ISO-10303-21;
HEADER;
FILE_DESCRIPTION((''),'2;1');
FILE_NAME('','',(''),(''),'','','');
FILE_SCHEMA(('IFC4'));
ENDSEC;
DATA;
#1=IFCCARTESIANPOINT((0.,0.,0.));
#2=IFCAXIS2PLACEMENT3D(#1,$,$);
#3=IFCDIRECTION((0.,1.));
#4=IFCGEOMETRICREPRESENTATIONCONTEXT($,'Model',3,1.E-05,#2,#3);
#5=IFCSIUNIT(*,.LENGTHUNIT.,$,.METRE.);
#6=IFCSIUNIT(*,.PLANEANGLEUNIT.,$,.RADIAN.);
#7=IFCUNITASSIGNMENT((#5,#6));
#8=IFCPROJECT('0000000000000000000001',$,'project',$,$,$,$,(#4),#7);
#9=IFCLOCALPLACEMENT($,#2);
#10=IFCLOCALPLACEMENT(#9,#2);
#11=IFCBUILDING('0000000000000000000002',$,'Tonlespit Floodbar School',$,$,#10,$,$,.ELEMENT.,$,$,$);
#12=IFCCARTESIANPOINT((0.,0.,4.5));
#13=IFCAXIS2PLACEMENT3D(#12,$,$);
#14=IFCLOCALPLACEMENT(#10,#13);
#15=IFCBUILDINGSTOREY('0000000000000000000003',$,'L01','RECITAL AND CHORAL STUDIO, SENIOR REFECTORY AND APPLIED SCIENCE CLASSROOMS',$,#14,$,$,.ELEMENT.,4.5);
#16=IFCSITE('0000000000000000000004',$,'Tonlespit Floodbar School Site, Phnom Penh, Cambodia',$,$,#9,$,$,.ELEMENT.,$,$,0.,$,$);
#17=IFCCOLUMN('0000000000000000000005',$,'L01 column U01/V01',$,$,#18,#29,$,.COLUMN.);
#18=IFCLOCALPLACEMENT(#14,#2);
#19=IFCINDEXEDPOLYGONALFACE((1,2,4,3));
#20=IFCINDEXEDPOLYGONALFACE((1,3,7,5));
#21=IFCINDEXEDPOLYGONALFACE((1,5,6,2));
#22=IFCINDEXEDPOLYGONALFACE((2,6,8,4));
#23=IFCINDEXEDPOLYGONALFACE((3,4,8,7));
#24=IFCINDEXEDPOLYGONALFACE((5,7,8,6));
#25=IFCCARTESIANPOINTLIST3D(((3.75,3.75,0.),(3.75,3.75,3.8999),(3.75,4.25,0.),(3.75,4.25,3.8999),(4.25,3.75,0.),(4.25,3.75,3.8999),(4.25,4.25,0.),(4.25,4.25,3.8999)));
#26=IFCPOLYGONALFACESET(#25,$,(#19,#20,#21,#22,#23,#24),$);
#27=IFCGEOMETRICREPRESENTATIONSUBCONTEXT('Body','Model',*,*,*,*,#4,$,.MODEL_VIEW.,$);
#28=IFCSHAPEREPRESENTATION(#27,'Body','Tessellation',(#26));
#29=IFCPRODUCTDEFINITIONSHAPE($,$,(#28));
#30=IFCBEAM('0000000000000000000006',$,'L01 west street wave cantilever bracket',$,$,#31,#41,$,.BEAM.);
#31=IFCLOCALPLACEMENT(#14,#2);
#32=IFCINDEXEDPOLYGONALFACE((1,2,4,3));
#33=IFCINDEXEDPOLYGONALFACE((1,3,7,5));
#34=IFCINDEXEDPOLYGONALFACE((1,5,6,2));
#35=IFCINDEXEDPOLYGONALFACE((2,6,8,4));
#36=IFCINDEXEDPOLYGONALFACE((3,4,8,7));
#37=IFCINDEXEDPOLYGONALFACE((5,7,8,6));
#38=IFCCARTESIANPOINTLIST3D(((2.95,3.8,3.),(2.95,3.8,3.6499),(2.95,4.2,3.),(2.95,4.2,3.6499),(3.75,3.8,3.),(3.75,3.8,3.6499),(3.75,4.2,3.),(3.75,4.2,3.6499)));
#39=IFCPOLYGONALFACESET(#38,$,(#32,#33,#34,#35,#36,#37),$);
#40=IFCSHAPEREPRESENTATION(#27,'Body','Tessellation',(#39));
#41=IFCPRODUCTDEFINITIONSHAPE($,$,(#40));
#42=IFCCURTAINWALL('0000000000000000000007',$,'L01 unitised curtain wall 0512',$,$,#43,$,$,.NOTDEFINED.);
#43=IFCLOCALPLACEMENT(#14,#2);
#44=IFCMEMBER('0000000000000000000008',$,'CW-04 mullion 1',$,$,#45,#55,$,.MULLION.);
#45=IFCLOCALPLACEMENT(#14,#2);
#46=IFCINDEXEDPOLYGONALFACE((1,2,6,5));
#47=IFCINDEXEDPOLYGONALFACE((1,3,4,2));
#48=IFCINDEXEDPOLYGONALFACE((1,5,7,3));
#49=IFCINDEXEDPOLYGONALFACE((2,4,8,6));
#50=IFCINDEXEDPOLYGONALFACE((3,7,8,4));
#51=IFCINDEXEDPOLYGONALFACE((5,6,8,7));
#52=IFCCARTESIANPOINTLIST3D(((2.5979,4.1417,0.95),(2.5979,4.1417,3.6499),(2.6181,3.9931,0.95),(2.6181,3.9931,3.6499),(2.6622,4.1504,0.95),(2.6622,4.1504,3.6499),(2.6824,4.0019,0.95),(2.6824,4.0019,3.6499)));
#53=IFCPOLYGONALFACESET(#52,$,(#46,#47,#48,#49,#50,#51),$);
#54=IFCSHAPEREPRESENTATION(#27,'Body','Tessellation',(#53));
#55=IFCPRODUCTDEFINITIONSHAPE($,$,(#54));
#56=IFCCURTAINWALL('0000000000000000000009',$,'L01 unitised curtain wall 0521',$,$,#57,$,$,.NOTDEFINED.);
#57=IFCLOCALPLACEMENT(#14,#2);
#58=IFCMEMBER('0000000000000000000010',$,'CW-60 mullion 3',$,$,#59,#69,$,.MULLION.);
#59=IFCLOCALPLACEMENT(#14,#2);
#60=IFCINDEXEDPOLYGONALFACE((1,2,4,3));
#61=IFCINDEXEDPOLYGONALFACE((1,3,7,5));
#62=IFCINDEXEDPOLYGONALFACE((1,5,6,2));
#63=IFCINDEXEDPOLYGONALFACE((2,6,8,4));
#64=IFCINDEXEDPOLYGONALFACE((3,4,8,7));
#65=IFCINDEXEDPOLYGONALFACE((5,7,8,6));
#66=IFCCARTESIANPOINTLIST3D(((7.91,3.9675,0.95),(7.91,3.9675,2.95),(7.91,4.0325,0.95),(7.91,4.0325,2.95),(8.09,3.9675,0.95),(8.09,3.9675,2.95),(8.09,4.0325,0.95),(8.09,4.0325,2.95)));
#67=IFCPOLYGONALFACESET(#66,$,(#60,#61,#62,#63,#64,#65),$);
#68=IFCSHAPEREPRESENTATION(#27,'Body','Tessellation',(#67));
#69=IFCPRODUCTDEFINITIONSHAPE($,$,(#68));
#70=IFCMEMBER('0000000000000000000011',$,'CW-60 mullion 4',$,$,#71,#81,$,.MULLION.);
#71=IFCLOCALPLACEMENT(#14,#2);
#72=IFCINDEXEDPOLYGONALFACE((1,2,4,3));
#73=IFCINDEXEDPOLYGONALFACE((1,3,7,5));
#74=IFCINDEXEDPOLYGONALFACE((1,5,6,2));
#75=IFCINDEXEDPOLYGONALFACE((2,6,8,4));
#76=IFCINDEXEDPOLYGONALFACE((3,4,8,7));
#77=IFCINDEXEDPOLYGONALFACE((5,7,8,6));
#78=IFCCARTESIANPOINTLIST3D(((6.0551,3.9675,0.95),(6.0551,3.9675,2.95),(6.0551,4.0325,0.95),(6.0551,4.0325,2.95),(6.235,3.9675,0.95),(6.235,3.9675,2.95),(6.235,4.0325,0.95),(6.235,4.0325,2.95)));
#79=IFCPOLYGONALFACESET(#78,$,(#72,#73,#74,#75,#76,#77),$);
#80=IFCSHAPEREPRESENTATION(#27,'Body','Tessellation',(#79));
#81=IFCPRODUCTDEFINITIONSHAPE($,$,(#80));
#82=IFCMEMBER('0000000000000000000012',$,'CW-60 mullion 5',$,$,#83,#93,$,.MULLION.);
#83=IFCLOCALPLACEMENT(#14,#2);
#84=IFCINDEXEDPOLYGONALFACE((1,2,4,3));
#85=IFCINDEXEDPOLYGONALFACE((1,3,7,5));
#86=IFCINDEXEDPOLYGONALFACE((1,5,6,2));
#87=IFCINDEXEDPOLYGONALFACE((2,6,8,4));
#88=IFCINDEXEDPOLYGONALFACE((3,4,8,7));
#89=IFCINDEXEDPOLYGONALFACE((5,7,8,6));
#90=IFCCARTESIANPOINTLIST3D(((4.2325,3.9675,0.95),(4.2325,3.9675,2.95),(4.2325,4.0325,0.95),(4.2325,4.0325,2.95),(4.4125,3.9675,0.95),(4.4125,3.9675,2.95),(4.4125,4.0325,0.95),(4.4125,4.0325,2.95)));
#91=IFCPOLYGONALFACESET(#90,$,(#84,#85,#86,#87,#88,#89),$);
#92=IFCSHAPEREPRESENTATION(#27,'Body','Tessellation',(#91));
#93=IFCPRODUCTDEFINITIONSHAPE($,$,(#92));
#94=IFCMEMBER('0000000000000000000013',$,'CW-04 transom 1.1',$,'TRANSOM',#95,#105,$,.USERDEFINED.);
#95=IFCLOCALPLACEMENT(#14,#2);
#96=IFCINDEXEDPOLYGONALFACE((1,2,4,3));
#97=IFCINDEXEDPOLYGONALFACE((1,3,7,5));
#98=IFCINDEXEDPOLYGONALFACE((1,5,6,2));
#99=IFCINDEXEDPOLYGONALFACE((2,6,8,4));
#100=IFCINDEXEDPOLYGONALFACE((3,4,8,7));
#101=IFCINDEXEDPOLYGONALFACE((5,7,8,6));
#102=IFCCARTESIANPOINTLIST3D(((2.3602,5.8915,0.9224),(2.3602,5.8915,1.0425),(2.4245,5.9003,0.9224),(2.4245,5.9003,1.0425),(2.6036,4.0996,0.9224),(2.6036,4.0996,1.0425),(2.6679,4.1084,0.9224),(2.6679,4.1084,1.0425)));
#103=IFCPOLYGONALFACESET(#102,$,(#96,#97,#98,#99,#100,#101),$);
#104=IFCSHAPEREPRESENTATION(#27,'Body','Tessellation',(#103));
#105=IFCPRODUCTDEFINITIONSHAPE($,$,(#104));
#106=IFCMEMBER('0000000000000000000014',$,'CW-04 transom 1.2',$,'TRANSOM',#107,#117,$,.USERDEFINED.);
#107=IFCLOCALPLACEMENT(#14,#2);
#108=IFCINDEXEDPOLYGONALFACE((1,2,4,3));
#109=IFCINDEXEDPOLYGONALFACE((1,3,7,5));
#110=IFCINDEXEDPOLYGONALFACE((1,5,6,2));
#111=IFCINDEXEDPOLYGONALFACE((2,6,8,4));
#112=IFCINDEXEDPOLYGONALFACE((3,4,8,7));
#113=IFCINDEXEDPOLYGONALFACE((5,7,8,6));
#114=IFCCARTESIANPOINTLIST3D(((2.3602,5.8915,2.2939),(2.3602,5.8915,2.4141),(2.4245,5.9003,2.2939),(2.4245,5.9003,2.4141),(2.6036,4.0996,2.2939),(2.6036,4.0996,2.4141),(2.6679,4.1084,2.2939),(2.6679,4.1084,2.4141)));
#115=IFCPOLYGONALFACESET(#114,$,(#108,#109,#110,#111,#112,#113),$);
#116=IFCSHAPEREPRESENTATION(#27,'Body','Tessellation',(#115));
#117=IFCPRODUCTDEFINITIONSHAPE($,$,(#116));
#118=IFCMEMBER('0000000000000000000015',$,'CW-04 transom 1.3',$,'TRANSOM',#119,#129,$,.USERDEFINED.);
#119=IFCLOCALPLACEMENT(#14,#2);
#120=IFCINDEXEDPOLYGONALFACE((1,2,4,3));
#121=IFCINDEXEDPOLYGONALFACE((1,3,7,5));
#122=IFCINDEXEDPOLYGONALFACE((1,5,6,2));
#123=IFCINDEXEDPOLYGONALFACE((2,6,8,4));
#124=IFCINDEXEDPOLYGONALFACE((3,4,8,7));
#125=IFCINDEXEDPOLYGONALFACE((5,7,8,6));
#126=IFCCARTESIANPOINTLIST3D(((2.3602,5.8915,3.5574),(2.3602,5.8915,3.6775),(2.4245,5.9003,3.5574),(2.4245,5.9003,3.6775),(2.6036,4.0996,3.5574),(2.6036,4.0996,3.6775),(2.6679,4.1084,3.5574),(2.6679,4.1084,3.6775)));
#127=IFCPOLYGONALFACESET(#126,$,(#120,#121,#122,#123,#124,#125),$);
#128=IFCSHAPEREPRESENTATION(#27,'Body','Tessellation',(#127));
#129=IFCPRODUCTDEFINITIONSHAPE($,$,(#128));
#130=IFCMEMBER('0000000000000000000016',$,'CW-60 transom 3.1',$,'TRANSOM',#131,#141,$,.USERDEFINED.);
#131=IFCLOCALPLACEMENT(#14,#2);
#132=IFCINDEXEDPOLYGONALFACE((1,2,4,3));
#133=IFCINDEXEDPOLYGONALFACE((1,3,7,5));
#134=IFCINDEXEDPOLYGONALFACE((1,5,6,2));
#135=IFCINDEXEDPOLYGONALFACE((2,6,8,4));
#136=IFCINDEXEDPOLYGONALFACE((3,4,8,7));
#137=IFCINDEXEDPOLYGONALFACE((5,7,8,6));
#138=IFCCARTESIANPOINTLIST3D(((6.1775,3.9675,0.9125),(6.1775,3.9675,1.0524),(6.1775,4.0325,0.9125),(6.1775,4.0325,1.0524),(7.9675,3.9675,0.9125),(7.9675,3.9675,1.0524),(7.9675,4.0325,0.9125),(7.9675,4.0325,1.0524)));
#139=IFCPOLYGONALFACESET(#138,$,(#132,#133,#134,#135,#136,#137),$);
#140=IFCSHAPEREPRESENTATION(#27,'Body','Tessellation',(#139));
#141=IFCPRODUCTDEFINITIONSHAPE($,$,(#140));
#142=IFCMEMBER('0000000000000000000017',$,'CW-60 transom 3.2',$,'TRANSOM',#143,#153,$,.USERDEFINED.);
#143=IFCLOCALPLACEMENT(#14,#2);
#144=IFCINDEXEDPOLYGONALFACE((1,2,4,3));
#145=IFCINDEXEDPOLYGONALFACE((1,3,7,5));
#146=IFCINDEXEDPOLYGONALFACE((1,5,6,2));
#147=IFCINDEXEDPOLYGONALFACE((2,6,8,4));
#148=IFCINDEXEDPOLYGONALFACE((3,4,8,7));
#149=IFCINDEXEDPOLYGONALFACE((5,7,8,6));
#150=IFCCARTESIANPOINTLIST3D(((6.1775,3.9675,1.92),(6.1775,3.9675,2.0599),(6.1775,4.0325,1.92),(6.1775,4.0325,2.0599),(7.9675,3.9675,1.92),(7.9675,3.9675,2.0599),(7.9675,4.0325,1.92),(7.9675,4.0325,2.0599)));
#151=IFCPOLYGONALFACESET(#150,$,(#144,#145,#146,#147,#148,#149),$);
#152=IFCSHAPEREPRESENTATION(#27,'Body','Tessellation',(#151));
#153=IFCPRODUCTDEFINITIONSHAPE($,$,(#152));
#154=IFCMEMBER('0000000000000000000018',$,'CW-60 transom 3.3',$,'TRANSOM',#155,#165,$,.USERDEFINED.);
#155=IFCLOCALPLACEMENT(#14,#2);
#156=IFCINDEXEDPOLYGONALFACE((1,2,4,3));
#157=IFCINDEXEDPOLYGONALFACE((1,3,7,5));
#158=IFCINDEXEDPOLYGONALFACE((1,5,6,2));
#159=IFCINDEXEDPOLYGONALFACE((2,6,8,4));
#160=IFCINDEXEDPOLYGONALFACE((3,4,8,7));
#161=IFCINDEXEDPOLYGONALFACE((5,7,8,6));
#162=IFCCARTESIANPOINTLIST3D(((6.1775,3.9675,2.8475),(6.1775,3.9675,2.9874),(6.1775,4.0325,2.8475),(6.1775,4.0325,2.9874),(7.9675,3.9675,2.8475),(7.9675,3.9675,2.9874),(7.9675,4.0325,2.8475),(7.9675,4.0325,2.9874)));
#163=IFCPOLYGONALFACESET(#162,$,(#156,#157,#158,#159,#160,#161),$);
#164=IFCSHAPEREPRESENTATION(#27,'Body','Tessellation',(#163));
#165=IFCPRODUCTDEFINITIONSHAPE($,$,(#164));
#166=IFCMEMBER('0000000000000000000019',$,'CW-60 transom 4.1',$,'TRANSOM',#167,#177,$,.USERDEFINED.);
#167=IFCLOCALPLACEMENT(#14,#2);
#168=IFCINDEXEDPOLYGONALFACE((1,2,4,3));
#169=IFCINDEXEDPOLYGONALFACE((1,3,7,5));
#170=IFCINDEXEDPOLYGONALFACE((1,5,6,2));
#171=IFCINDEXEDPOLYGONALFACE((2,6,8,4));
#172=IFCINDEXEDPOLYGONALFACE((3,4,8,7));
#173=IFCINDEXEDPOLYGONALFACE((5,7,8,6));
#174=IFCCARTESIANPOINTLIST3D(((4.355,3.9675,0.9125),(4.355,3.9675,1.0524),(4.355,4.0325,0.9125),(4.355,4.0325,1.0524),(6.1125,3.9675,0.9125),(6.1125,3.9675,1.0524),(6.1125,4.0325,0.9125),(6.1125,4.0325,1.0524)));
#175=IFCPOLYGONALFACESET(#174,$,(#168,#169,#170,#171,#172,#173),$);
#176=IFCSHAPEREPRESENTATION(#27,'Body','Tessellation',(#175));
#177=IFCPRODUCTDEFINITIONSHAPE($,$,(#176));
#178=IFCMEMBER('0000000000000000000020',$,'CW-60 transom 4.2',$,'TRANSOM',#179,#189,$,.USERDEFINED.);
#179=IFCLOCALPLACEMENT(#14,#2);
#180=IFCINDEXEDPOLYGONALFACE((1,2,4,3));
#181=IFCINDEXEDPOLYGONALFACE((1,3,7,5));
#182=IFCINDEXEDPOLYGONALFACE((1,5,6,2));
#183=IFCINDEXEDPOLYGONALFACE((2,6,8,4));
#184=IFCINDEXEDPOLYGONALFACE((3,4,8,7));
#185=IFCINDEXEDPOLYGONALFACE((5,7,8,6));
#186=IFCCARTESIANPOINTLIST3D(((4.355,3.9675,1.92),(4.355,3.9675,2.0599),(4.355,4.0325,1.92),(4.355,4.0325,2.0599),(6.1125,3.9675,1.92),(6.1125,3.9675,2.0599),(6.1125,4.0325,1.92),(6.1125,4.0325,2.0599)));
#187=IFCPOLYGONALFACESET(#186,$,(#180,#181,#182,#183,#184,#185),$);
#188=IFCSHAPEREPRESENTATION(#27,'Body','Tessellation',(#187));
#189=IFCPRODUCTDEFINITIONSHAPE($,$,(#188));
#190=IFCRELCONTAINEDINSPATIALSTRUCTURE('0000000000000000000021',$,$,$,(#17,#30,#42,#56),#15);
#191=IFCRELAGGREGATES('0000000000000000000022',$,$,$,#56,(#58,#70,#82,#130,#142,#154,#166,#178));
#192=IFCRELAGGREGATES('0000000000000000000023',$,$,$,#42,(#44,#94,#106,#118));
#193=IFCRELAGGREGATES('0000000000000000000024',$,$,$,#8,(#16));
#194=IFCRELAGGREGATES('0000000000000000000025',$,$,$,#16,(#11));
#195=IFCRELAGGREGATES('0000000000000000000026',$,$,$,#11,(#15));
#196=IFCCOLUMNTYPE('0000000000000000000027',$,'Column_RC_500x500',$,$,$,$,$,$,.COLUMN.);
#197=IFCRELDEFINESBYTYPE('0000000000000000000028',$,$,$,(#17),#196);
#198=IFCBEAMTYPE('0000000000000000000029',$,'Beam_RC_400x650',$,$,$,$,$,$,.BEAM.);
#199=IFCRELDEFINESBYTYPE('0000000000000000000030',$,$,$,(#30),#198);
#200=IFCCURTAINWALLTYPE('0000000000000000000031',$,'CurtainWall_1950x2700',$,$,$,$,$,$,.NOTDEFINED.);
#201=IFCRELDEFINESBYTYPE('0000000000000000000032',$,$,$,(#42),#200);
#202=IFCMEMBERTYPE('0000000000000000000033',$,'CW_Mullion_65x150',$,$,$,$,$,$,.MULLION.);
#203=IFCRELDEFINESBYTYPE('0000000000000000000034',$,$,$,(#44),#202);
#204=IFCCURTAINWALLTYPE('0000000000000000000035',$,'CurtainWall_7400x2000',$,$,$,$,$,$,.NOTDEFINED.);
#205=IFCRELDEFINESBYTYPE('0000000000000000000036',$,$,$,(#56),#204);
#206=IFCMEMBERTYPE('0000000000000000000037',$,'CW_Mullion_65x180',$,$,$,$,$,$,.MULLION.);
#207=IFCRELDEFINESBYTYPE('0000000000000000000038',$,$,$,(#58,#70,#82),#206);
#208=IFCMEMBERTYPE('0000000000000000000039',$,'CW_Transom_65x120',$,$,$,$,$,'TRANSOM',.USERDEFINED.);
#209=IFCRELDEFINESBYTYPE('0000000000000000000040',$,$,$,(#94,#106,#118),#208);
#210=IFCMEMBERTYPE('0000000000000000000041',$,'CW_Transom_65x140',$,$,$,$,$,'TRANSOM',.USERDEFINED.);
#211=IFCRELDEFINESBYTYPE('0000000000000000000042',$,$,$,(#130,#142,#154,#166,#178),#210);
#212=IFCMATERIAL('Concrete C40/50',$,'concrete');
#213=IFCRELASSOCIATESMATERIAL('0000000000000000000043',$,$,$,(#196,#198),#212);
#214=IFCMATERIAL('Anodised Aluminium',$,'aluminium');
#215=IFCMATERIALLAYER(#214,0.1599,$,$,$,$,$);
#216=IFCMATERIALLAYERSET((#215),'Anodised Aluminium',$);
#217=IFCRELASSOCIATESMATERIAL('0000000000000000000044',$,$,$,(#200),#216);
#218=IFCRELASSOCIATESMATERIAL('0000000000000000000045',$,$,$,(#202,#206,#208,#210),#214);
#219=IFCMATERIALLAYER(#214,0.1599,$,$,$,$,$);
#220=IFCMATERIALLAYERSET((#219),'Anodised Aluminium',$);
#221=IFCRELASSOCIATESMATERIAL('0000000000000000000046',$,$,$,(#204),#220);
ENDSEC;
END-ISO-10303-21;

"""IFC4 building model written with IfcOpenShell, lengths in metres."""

from ifc_helpers import new_model, si_unit, direction, frame, origin, origin_2d, place, context, subcontext, project, spatial, rectangle, extrude, material, layer, layer_set, material_profile, profile_set, type_object, element, aggregate, save


model = new_model("IFC4")

# Units and contexts
model_context = context("Model", 3, precision=1e-05, world=origin(), true_north=direction((0.0, 1.0)))
body_context = subcontext(model_context, "Body", "Model", "MODEL_VIEW")
ifc_project = project(units=[si_unit("LENGTHUNIT", "METRE"), si_unit("PLANEANGLEUNIT", "RADIAN")], contexts=[model_context])

# Site, building, storey
site_placement = place(None, origin())
site = spatial("IfcSite", under=ifc_project, at=site_placement, Name="Tonlespit Floodbar School Site, Phnom Penh, Cambodia", CompositionType="ELEMENT", RefElevation=0.0)
building_placement = place(site_placement, origin())
building = spatial("IfcBuilding", under=site, at=building_placement, Name="Tonlespit Floodbar School", CompositionType="ELEMENT")
storey_placement = place(building_placement, frame((0.0, 0.0, 4.5)))
storey = spatial("IfcBuildingStorey", under=building, at=storey_placement, Name="L01", Description="RECITAL AND CHORAL STUDIO, SENIOR REFECTORY AND APPLIED SCIENCE CLASSROOMS", CompositionType="ELEMENT", Elevation=4.5)

# Column
ifc_material_1 = material(Name="Concrete C40/50", Category="concrete")
ifc_material_profile_1 = material_profile(ifc_material_1, rectangle(XDim=0.5, YDim=0.5, at=origin_2d()), Name="RC 500x500")
ifc_profile_set_1 = profile_set([ifc_material_profile_1], Name="Concrete C40/50")
column_type = type_object("IfcColumnType", Name="Column_RC_500x500", PredefinedType="COLUMN", material=ifc_profile_set_1)
column_placement = place(storey_placement, frame((4.0, 4.0, 0.0), z_axis=(0.0, 0.0, 1.0), x_axis=(1.0, 0.0, 0.0)))
element("IfcColumn", 1, at=column_placement, inside=storey, type_object=column_type, Name="L01 column U01/V01", PredefinedType="COLUMN", context=body_context, shape_type="SweptSolid", body=[
    extrude(rectangle(XDim=0.5, YDim=0.5, at=origin_2d()), origin(), (0.0, 0.0, 1.0), 3.8999),
])

# Beam
ifc_material_profile_2 = material_profile(ifc_material_1, rectangle(XDim=0.3999, YDim=0.6499, at=origin_2d()), Name="RC 400x650")
ifc_profile_set_2 = profile_set([ifc_material_profile_2], Name="Concrete C40/50")
beam_type_1 = type_object("IfcBeamType", Name="Beam_RC_400x650", PredefinedType="BEAM", material=ifc_profile_set_2)
beam_placement = place(storey_placement, frame((3.75, 4.0, 3.325), z_axis=(-1.0, 0.0, 0.0), x_axis=(0.0, -1.0, 0.0)))
element("IfcBeam", 2, at=beam_placement, inside=storey, type_object=beam_type_1, Name="L01 west street wave cantilever bracket", PredefinedType="BEAM", context=body_context, shape_type="SweptSolid", body=[
    extrude(rectangle(XDim=0.3999, YDim=0.6499, at=origin_2d()), origin(), (0.0, 0.0, 1.0), 0.8),
])

# Curtain wall, member
ifc_material_2 = material(Name="Anodised Aluminium", Category="aluminium")
ifc_layer_1 = layer(ifc_material_2, 0.1599)
ifc_layer_set_1 = layer_set([ifc_layer_1], Name="Anodised Aluminium")
curtain_wall_type_1 = type_object("IfcCurtainWallType", Name="CurtainWall_1950x2700", PredefinedType="NOTDEFINED", material=ifc_layer_set_1)
curtain_wall_1_placement = place(storey_placement, origin())
curtain_wall_1 = element("IfcCurtainWall", 3, at=curtain_wall_1_placement, inside=storey, type_object=curtain_wall_type_1, Name="L01 unitised curtain wall 0512", PredefinedType="NOTDEFINED")
ifc_material_profile_3 = material_profile(ifc_material_2, rectangle(XDim=0.0649, YDim=0.1499, at=origin_2d()), Name="ALU M65x150")
ifc_profile_set_3 = profile_set([ifc_material_profile_3], Name="Anodised Aluminium")
member_type_1 = type_object("IfcMemberType", Name="CW_Mullion_65x150", PredefinedType="MULLION", material=ifc_profile_set_3)
member_1_placement = place(storey_placement, frame((2.6401, 4.0718, 0.95), z_axis=(0.0, 0.0, 1.0), x_axis=(-0.990894, -0.134644, 0.0)))
member_1 = element("IfcMember", 4, at=member_1_placement, type_object=member_type_1, Name="CW-04 mullion 1", PredefinedType="MULLION", context=body_context, shape_type="SweptSolid", body=[
    extrude(rectangle(XDim=0.0649, YDim=0.1499, at=origin_2d()), origin(), (0.0, 0.0, 1.0), 2.7),
])

# Curtain wall, members
ifc_layer_2 = layer(ifc_material_2, 0.1599)
ifc_layer_set_2 = layer_set([ifc_layer_2], Name="Anodised Aluminium")
curtain_wall_type_2 = type_object("IfcCurtainWallType", Name="CurtainWall_7400x2000", PredefinedType="NOTDEFINED", material=ifc_layer_set_2)
curtain_wall_2_placement = place(storey_placement, origin())
curtain_wall_2 = element("IfcCurtainWall", 5, at=curtain_wall_2_placement, inside=storey, type_object=curtain_wall_type_2, Name="L01 unitised curtain wall 0521", PredefinedType="NOTDEFINED")
ifc_material_profile_4 = material_profile(ifc_material_2, rectangle(XDim=0.0649, YDim=0.1799, at=origin_2d()), Name="ALU M65x180")
ifc_profile_set_4 = profile_set([ifc_material_profile_4], Name="Anodised Aluminium")
member_type_2 = type_object("IfcMemberType", Name="CW_Mullion_65x180", PredefinedType="MULLION", material=ifc_profile_set_4)
member_2_placement = place(storey_placement, frame((8.0, 4.0, 0.95), z_axis=(0.0, 0.0, 1.0), x_axis=(0.0, -1.0, 0.0)))
member_2 = element("IfcMember", 6, at=member_2_placement, type_object=member_type_2, Name="CW-60 mullion 3", PredefinedType="MULLION", context=body_context, shape_type="SweptSolid", body=[
    extrude(rectangle(XDim=0.0649, YDim=0.1799, at=origin_2d()), origin(), (0.0, 0.0, 1.0), 2.0),
])
member_3_placement = place(storey_placement, frame((6.145, 4.0, 0.95), z_axis=(0.0, 0.0, 1.0), x_axis=(0.0, -1.0, 0.0)))
member_3 = element("IfcMember", 7, at=member_3_placement, type_object=member_type_2, Name="CW-60 mullion 4", PredefinedType="MULLION", context=body_context, shape_type="SweptSolid", body=[
    extrude(rectangle(XDim=0.0649, YDim=0.1799, at=origin_2d()), origin(), (0.0, 0.0, 1.0), 2.0),
])
member_4_placement = place(storey_placement, frame((4.3225, 4.0, 0.95), z_axis=(0.0, 0.0, 1.0), x_axis=(0.0, -1.0, 0.0)))
member_4 = element("IfcMember", 8, at=member_4_placement, type_object=member_type_2, Name="CW-60 mullion 5", PredefinedType="MULLION", context=body_context, shape_type="SweptSolid", body=[
    extrude(rectangle(XDim=0.0649, YDim=0.1799, at=origin_2d()), origin(), (0.0, 0.0, 1.0), 2.0),
])

# Members
ifc_material_profile_5 = material_profile(ifc_material_2, rectangle(XDim=0.0649, YDim=0.1201, at=origin_2d()), Name="ALU T65x120")
ifc_profile_set_5 = profile_set([ifc_material_profile_5], Name="Anodised Aluminium")
member_type_3 = type_object("IfcMemberType", Name="CW_Transom_65x120", ElementType="TRANSOM", PredefinedType="USERDEFINED", material=ifc_profile_set_5)
member_5_placement = place(storey_placement, frame((2.6357, 4.104, 0.9824), z_axis=(-0.134595, 0.990901, 0.0), x_axis=(-0.990901, -0.134595, 0.0)))
member_5 = element("IfcMember", 9, at=member_5_placement, type_object=member_type_3, Name="CW-04 transom 1.1", ObjectType="TRANSOM", PredefinedType="USERDEFINED", context=body_context, shape_type="SweptSolid", body=[
    extrude(rectangle(XDim=0.0649, YDim=0.1201, at=origin_2d()), origin(), (0.0, 0.0, 1.0), 1.8083),
])
member_6_placement = place(storey_placement, frame((2.6357, 4.104, 2.354), z_axis=(-0.134595, 0.990901, 0.0), x_axis=(-0.990901, -0.134595, 0.0)))
member_6 = element("IfcMember", 10, at=member_6_placement, type_object=member_type_3, Name="CW-04 transom 1.2", ObjectType="TRANSOM", PredefinedType="USERDEFINED", context=body_context, shape_type="SweptSolid", body=[
    extrude(rectangle(XDim=0.0649, YDim=0.1201, at=origin_2d()), origin(), (0.0, 0.0, 1.0), 1.8083),
])
member_7_placement = place(storey_placement, frame((2.6357, 4.104, 3.6174), z_axis=(-0.134595, 0.990901, 0.0), x_axis=(-0.990901, -0.134595, 0.0)))
member_7 = element("IfcMember", 11, at=member_7_placement, type_object=member_type_3, Name="CW-04 transom 1.3", ObjectType="TRANSOM", PredefinedType="USERDEFINED", context=body_context, shape_type="SweptSolid", body=[
    extrude(rectangle(XDim=0.0649, YDim=0.1201, at=origin_2d()), origin(), (0.0, 0.0, 1.0), 1.8083),
])
ifc_material_profile_6 = material_profile(ifc_material_2, rectangle(XDim=0.0649, YDim=0.1399, at=origin_2d()), Name="ALU T65x140")
ifc_profile_set_6 = profile_set([ifc_material_profile_6], Name="Anodised Aluminium")
member_type_4 = type_object("IfcMemberType", Name="CW_Transom_65x140", ElementType="TRANSOM", PredefinedType="USERDEFINED", material=ifc_profile_set_6)
member_8_placement = place(storey_placement, frame((7.9675, 4.0, 0.9824), z_axis=(-1.0, 0.0, 0.0), x_axis=(0.0, -1.0, 0.0)))
member_8 = element("IfcMember", 12, at=member_8_placement, type_object=member_type_4, Name="CW-60 transom 3.1", ObjectType="TRANSOM", PredefinedType="USERDEFINED", context=body_context, shape_type="SweptSolid", body=[
    extrude(rectangle(XDim=0.0649, YDim=0.1399, at=origin_2d()), origin(), (0.0, 0.0, 1.0), 1.79),
])
member_9_placement = place(storey_placement, frame((7.9675, 4.0, 1.99), z_axis=(-1.0, 0.0, 0.0), x_axis=(0.0, -1.0, 0.0)))
member_9 = element("IfcMember", 13, at=member_9_placement, type_object=member_type_4, Name="CW-60 transom 3.2", ObjectType="TRANSOM", PredefinedType="USERDEFINED", context=body_context, shape_type="SweptSolid", body=[
    extrude(rectangle(XDim=0.0649, YDim=0.1399, at=origin_2d()), origin(), (0.0, 0.0, 1.0), 1.79),
])
member_10_placement = place(storey_placement, frame((7.9675, 4.0, 2.9175), z_axis=(-1.0, 0.0, 0.0), x_axis=(0.0, -1.0, 0.0)))
member_10 = element("IfcMember", 14, at=member_10_placement, type_object=member_type_4, Name="CW-60 transom 3.3", ObjectType="TRANSOM", PredefinedType="USERDEFINED", context=body_context, shape_type="SweptSolid", body=[
    extrude(rectangle(XDim=0.0649, YDim=0.1399, at=origin_2d()), origin(), (0.0, 0.0, 1.0), 1.79),
])
member_11_placement = place(storey_placement, frame((6.1125, 4.0, 0.9824), z_axis=(-1.0, 0.0, 0.0), x_axis=(0.0, -1.0, 0.0)))
member_11 = element("IfcMember", 15, at=member_11_placement, type_object=member_type_4, Name="CW-60 transom 4.1", ObjectType="TRANSOM", PredefinedType="USERDEFINED", context=body_context, shape_type="SweptSolid", body=[
    extrude(rectangle(XDim=0.0649, YDim=0.1399, at=origin_2d()), origin(), (0.0, 0.0, 1.0), 1.7576),
])
member_12_placement = place(storey_placement, frame((6.1125, 4.0, 1.99), z_axis=(-1.0, 0.0, 0.0), x_axis=(0.0, -1.0, 0.0)))
member_12 = element("IfcMember", 16, at=member_12_placement, type_object=member_type_4, Name="CW-60 transom 4.2", ObjectType="TRANSOM", PredefinedType="USERDEFINED", context=body_context, shape_type="SweptSolid", body=[
    extrude(rectangle(XDim=0.0649, YDim=0.1399, at=origin_2d()), origin(), (0.0, 0.0, 1.0), 1.7576),
])

aggregate(curtain_wall_2, [member_2, member_3, member_4, member_8, member_9, member_10, member_11, member_12])
aggregate(curtain_wall_1, [member_1, member_5, member_6, member_7])

save(model, "model.ifc")
